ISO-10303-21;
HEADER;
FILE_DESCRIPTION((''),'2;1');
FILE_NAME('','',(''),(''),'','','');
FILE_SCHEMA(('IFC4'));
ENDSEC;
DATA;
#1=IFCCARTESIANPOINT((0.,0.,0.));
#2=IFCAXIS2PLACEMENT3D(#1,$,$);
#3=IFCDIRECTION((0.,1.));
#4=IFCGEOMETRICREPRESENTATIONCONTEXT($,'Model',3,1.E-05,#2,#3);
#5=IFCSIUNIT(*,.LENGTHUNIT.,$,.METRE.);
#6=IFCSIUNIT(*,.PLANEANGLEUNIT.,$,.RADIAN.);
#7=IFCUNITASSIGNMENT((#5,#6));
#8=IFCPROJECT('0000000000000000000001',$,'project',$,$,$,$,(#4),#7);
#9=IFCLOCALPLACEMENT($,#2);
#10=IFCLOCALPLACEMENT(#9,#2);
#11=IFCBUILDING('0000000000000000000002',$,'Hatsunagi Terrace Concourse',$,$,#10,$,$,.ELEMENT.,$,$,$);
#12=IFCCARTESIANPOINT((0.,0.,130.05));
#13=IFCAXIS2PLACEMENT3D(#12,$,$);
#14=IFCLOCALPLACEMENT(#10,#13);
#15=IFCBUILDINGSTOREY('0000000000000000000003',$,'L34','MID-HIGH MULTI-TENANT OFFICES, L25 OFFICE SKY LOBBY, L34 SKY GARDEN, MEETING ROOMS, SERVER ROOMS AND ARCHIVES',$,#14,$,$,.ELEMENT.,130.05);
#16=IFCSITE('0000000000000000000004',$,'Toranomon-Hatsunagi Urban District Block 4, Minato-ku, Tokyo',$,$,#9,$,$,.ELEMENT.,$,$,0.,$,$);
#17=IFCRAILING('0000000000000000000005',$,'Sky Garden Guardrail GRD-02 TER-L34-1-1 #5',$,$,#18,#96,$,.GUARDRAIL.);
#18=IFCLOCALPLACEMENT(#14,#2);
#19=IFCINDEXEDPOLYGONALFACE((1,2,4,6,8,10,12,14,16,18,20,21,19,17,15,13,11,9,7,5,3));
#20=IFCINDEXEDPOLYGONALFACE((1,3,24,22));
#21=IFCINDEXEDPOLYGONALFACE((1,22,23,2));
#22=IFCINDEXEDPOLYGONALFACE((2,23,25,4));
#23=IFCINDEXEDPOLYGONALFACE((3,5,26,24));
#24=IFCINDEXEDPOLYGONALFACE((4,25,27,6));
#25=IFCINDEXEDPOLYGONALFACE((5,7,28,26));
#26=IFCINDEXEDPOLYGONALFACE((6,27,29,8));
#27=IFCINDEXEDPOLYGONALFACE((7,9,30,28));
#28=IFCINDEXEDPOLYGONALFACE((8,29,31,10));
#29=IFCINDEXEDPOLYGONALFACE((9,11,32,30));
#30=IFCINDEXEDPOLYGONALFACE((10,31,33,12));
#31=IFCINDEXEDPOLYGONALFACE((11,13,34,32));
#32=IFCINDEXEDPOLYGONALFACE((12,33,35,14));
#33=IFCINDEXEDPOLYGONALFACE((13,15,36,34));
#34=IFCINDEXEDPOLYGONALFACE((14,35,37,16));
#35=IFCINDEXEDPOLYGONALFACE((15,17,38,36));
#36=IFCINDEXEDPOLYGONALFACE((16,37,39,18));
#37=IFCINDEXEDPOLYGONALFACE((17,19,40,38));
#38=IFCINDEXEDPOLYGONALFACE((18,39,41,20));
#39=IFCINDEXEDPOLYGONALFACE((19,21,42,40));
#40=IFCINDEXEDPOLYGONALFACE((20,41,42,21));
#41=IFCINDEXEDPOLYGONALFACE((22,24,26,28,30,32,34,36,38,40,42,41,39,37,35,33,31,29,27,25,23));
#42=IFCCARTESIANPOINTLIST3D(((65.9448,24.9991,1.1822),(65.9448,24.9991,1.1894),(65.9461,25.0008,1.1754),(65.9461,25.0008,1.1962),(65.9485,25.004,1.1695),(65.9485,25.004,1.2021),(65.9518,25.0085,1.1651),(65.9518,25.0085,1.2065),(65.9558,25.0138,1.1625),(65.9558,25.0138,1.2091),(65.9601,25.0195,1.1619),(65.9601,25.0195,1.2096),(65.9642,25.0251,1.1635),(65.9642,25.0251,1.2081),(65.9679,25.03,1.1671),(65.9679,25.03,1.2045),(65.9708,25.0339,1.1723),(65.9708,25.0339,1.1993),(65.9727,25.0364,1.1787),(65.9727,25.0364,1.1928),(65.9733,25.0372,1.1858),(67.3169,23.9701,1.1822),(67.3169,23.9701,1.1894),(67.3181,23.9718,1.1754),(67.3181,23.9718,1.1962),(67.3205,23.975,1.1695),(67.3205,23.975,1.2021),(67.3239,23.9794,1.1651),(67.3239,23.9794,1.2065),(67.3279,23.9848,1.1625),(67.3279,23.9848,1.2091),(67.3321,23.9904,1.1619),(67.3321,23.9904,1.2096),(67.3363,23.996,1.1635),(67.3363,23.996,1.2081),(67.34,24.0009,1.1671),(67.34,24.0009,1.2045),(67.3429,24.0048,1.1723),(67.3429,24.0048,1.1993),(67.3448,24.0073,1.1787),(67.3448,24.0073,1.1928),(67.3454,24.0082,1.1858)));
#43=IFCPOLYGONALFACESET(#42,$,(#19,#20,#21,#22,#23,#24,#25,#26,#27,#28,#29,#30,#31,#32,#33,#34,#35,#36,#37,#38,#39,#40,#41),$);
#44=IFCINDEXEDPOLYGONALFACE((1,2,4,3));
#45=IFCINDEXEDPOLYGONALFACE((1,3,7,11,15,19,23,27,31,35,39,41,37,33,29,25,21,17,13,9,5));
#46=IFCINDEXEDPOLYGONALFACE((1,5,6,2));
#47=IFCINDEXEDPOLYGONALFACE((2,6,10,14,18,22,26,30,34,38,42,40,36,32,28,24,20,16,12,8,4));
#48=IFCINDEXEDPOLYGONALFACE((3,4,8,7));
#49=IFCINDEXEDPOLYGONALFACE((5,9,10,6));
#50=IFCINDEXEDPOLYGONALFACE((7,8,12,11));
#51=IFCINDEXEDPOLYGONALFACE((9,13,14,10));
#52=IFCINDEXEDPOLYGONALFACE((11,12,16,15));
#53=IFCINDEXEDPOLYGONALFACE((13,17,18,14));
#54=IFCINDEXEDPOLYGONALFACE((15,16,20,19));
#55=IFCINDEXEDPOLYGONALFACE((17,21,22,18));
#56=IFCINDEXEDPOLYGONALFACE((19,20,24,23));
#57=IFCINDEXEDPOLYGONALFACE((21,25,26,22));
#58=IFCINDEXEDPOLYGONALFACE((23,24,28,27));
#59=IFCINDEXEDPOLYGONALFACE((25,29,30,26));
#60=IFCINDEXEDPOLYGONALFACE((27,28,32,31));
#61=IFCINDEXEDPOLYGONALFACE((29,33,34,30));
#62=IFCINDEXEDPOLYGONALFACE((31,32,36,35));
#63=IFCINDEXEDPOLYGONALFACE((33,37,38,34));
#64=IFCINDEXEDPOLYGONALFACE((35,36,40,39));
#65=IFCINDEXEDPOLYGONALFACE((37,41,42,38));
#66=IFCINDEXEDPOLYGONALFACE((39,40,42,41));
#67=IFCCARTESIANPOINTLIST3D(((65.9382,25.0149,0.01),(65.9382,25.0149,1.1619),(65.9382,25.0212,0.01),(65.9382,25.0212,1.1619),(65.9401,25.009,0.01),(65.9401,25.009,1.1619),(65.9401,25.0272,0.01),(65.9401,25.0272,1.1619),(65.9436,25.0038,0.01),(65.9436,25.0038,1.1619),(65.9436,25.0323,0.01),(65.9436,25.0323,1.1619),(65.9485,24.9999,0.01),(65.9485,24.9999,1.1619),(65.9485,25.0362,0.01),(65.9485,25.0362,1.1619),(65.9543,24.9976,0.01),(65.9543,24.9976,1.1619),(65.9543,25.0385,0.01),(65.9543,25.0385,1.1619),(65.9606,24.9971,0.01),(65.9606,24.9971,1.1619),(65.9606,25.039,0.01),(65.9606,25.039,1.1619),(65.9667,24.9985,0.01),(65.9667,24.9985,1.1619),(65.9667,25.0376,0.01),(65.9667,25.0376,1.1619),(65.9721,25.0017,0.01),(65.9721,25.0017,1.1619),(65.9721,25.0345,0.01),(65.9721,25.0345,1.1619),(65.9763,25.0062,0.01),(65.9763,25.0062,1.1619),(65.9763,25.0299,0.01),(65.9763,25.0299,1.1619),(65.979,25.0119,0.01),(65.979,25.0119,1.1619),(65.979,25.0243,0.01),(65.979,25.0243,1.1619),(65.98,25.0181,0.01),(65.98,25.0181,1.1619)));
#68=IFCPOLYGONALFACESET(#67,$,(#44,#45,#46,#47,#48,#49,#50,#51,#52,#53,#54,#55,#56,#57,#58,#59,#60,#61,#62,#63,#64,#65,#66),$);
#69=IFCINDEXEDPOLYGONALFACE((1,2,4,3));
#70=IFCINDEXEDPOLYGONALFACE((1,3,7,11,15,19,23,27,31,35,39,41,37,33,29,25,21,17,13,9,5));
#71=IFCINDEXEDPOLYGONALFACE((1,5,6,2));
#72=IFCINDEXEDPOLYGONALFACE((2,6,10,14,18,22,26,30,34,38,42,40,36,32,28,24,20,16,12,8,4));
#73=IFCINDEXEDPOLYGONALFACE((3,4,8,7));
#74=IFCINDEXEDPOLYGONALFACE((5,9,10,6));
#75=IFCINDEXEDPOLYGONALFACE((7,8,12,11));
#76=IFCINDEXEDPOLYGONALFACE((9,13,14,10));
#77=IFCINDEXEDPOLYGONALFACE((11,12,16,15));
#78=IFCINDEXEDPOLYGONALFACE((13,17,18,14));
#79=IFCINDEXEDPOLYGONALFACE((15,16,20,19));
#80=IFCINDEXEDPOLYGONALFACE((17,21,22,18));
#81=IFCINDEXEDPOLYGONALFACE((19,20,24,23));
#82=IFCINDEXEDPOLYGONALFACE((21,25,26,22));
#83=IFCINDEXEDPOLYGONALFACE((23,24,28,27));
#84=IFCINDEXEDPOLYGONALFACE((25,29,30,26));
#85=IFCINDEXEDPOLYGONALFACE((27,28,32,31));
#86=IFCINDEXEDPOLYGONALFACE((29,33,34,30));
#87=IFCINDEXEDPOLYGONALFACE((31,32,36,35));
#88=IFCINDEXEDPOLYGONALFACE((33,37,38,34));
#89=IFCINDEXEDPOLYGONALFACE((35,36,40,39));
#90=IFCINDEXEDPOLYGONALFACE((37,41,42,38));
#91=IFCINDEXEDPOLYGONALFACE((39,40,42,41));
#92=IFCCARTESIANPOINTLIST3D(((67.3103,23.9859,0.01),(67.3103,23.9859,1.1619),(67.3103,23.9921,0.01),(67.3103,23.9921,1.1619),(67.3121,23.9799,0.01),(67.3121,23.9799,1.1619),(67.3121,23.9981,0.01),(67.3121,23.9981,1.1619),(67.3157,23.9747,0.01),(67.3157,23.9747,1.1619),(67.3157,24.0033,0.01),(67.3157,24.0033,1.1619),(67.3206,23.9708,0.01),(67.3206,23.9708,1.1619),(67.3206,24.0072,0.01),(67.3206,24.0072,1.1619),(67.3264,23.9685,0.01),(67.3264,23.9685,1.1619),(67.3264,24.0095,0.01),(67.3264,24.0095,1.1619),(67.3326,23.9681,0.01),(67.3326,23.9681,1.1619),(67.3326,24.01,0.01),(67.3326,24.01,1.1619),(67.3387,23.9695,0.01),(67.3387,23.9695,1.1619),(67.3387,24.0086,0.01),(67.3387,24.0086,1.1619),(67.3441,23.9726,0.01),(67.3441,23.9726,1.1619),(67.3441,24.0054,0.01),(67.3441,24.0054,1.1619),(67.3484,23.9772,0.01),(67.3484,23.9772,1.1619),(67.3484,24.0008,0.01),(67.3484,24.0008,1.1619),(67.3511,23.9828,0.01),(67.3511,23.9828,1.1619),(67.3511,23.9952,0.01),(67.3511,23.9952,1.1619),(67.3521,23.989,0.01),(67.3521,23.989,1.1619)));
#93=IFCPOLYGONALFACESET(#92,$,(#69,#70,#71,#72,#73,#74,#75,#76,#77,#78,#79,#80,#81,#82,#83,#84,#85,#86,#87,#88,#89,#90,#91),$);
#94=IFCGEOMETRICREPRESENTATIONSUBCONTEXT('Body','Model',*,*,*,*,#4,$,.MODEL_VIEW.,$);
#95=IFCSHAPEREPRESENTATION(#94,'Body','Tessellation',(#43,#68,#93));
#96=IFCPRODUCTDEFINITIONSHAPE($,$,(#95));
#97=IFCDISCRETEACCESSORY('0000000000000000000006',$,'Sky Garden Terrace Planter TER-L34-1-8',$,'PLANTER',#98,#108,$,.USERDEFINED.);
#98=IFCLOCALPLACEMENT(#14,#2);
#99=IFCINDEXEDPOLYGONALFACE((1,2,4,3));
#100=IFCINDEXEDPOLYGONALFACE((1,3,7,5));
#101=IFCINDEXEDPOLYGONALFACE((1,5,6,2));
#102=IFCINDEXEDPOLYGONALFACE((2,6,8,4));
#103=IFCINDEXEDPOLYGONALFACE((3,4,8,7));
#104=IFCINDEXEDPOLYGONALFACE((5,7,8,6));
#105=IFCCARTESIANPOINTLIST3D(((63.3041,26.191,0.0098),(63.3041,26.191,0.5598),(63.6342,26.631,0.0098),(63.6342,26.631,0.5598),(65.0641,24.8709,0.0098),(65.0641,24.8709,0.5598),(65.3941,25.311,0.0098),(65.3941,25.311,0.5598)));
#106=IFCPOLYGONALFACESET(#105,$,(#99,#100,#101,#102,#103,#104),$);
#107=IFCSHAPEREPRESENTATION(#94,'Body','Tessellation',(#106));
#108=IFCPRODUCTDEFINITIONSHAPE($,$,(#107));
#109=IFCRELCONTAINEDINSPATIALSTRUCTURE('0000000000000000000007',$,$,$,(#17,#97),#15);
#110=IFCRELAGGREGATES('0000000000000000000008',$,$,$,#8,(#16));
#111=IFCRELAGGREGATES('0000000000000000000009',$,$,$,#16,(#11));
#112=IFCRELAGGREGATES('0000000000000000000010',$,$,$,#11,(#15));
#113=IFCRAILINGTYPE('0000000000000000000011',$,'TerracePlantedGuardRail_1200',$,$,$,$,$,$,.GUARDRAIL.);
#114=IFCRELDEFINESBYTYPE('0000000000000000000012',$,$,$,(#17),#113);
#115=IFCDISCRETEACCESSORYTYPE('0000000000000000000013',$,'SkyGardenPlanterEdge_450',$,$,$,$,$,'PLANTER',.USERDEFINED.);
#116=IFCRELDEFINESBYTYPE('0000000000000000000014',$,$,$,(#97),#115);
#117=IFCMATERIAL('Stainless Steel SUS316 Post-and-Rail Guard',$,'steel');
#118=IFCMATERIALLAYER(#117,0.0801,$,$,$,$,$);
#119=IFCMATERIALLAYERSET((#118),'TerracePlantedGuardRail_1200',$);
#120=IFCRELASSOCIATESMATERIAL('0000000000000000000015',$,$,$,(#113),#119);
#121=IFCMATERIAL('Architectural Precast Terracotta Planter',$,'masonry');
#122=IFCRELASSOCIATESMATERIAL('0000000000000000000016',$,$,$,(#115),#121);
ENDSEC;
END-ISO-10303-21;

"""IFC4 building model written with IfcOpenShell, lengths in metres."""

from ifc_helpers import new_model, si_unit, direction, frame, origin, origin_2d, place, context, subcontext, project, spatial, rectangle, circle, extrude, material, layer, layer_set, type_object, element, save


model = new_model("IFC4")

# Units and contexts
model_context = context("Model", 3, precision=1e-05, world=origin(), true_north=direction((0.0, 1.0)))
body_context = subcontext(model_context, "Body", "Model", "MODEL_VIEW")
ifc_project = project(units=[si_unit("LENGTHUNIT", "METRE"), si_unit("PLANEANGLEUNIT", "RADIAN")], contexts=[model_context])

# Site, building, storey
site_placement = place(None, origin())
site = spatial("IfcSite", under=ifc_project, at=site_placement, Name="Toranomon-Hatsunagi Urban District Block 4, Minato-ku, Tokyo", CompositionType="ELEMENT", RefElevation=0.0)
building_placement = place(site_placement, origin())
building = spatial("IfcBuilding", under=site, at=building_placement, Name="Hatsunagi Terrace Concourse", CompositionType="ELEMENT")
storey_placement = place(building_placement, frame((0.0, 0.0, 130.05)))
storey = spatial("IfcBuildingStorey", under=building, at=storey_placement, Name="L34", Description="MID-HIGH MULTI-TENANT OFFICES, L25 OFFICE SKY LOBBY, L34 SKY GARDEN, MEETING ROOMS, SERVER ROOMS AND ARCHIVES", CompositionType="ELEMENT", Elevation=130.05)

# Railing
ifc_material_1 = material(Name="Stainless Steel SUS316 Post-and-Rail Guard", Category="steel")
ifc_layer_1 = layer(ifc_material_1, 0.0801)
ifc_layer_set_1 = layer_set([ifc_layer_1], Name="TerracePlantedGuardRail_1200")
railing_type = type_object("IfcRailingType", Name="TerracePlantedGuardRail_1200", PredefinedType="GUARDRAIL", material=ifc_layer_set_1)
railing_1_placement = place(storey_placement, frame((65.959, 25.0181, 0.01)))
element("IfcRailing", 1, at=railing_1_placement, inside=storey, type_object=railing_type, Name="Sky Garden Guardrail GRD-02 TER-L34-1-1 #5", PredefinedType="GUARDRAIL", context=body_context, shape_type="SweptSolid", body=[
    extrude(circle(Radius=0.0239, at=origin_2d()), frame((0.0, 0.0, 1.1758), z_axis=(0.8, -0.6, 0.0), x_axis=(0.6, 0.8, 0.0)), (0.0, 0.0, 1.0), 1.7151),
    extrude(circle(Radius=0.021, at=origin_2d()), origin(), (0.0, 0.0, 1.0), 1.1519),
    extrude(circle(Radius=0.021, at=origin_2d()), frame((1.3721, -1.0291, 0.0)), (0.0, 0.0, 1.0), 1.1519),
])

# Discrete accessory
ifc_material_2 = material(Name="Architectural Precast Terracotta Planter", Category="masonry")
discrete_accessory_type = type_object("IfcDiscreteAccessoryType", Name="SkyGardenPlanterEdge_450", ElementType="PLANTER", PredefinedType="USERDEFINED", material=ifc_material_2)
discrete_accessory_placement = place(storey_placement, frame((64.3491, 25.751, 0.0098), z_axis=(0.0, 0.0, 1.0), x_axis=(0.799978, -0.600029, 0.0)))
element("IfcDiscreteAccessory", 2, at=discrete_accessory_placement, inside=storey, type_object=discrete_accessory_type, Name="Sky Garden Terrace Planter TER-L34-1-8", ObjectType="PLANTER", PredefinedType="USERDEFINED", context=body_context, shape_type="SweptSolid", body=[
    extrude(rectangle(XDim=2.2, YDim=0.55, at=origin_2d()), origin(), (0.0, 0.0, 1.0), 0.55),
])

save(model, "model.ifc")
